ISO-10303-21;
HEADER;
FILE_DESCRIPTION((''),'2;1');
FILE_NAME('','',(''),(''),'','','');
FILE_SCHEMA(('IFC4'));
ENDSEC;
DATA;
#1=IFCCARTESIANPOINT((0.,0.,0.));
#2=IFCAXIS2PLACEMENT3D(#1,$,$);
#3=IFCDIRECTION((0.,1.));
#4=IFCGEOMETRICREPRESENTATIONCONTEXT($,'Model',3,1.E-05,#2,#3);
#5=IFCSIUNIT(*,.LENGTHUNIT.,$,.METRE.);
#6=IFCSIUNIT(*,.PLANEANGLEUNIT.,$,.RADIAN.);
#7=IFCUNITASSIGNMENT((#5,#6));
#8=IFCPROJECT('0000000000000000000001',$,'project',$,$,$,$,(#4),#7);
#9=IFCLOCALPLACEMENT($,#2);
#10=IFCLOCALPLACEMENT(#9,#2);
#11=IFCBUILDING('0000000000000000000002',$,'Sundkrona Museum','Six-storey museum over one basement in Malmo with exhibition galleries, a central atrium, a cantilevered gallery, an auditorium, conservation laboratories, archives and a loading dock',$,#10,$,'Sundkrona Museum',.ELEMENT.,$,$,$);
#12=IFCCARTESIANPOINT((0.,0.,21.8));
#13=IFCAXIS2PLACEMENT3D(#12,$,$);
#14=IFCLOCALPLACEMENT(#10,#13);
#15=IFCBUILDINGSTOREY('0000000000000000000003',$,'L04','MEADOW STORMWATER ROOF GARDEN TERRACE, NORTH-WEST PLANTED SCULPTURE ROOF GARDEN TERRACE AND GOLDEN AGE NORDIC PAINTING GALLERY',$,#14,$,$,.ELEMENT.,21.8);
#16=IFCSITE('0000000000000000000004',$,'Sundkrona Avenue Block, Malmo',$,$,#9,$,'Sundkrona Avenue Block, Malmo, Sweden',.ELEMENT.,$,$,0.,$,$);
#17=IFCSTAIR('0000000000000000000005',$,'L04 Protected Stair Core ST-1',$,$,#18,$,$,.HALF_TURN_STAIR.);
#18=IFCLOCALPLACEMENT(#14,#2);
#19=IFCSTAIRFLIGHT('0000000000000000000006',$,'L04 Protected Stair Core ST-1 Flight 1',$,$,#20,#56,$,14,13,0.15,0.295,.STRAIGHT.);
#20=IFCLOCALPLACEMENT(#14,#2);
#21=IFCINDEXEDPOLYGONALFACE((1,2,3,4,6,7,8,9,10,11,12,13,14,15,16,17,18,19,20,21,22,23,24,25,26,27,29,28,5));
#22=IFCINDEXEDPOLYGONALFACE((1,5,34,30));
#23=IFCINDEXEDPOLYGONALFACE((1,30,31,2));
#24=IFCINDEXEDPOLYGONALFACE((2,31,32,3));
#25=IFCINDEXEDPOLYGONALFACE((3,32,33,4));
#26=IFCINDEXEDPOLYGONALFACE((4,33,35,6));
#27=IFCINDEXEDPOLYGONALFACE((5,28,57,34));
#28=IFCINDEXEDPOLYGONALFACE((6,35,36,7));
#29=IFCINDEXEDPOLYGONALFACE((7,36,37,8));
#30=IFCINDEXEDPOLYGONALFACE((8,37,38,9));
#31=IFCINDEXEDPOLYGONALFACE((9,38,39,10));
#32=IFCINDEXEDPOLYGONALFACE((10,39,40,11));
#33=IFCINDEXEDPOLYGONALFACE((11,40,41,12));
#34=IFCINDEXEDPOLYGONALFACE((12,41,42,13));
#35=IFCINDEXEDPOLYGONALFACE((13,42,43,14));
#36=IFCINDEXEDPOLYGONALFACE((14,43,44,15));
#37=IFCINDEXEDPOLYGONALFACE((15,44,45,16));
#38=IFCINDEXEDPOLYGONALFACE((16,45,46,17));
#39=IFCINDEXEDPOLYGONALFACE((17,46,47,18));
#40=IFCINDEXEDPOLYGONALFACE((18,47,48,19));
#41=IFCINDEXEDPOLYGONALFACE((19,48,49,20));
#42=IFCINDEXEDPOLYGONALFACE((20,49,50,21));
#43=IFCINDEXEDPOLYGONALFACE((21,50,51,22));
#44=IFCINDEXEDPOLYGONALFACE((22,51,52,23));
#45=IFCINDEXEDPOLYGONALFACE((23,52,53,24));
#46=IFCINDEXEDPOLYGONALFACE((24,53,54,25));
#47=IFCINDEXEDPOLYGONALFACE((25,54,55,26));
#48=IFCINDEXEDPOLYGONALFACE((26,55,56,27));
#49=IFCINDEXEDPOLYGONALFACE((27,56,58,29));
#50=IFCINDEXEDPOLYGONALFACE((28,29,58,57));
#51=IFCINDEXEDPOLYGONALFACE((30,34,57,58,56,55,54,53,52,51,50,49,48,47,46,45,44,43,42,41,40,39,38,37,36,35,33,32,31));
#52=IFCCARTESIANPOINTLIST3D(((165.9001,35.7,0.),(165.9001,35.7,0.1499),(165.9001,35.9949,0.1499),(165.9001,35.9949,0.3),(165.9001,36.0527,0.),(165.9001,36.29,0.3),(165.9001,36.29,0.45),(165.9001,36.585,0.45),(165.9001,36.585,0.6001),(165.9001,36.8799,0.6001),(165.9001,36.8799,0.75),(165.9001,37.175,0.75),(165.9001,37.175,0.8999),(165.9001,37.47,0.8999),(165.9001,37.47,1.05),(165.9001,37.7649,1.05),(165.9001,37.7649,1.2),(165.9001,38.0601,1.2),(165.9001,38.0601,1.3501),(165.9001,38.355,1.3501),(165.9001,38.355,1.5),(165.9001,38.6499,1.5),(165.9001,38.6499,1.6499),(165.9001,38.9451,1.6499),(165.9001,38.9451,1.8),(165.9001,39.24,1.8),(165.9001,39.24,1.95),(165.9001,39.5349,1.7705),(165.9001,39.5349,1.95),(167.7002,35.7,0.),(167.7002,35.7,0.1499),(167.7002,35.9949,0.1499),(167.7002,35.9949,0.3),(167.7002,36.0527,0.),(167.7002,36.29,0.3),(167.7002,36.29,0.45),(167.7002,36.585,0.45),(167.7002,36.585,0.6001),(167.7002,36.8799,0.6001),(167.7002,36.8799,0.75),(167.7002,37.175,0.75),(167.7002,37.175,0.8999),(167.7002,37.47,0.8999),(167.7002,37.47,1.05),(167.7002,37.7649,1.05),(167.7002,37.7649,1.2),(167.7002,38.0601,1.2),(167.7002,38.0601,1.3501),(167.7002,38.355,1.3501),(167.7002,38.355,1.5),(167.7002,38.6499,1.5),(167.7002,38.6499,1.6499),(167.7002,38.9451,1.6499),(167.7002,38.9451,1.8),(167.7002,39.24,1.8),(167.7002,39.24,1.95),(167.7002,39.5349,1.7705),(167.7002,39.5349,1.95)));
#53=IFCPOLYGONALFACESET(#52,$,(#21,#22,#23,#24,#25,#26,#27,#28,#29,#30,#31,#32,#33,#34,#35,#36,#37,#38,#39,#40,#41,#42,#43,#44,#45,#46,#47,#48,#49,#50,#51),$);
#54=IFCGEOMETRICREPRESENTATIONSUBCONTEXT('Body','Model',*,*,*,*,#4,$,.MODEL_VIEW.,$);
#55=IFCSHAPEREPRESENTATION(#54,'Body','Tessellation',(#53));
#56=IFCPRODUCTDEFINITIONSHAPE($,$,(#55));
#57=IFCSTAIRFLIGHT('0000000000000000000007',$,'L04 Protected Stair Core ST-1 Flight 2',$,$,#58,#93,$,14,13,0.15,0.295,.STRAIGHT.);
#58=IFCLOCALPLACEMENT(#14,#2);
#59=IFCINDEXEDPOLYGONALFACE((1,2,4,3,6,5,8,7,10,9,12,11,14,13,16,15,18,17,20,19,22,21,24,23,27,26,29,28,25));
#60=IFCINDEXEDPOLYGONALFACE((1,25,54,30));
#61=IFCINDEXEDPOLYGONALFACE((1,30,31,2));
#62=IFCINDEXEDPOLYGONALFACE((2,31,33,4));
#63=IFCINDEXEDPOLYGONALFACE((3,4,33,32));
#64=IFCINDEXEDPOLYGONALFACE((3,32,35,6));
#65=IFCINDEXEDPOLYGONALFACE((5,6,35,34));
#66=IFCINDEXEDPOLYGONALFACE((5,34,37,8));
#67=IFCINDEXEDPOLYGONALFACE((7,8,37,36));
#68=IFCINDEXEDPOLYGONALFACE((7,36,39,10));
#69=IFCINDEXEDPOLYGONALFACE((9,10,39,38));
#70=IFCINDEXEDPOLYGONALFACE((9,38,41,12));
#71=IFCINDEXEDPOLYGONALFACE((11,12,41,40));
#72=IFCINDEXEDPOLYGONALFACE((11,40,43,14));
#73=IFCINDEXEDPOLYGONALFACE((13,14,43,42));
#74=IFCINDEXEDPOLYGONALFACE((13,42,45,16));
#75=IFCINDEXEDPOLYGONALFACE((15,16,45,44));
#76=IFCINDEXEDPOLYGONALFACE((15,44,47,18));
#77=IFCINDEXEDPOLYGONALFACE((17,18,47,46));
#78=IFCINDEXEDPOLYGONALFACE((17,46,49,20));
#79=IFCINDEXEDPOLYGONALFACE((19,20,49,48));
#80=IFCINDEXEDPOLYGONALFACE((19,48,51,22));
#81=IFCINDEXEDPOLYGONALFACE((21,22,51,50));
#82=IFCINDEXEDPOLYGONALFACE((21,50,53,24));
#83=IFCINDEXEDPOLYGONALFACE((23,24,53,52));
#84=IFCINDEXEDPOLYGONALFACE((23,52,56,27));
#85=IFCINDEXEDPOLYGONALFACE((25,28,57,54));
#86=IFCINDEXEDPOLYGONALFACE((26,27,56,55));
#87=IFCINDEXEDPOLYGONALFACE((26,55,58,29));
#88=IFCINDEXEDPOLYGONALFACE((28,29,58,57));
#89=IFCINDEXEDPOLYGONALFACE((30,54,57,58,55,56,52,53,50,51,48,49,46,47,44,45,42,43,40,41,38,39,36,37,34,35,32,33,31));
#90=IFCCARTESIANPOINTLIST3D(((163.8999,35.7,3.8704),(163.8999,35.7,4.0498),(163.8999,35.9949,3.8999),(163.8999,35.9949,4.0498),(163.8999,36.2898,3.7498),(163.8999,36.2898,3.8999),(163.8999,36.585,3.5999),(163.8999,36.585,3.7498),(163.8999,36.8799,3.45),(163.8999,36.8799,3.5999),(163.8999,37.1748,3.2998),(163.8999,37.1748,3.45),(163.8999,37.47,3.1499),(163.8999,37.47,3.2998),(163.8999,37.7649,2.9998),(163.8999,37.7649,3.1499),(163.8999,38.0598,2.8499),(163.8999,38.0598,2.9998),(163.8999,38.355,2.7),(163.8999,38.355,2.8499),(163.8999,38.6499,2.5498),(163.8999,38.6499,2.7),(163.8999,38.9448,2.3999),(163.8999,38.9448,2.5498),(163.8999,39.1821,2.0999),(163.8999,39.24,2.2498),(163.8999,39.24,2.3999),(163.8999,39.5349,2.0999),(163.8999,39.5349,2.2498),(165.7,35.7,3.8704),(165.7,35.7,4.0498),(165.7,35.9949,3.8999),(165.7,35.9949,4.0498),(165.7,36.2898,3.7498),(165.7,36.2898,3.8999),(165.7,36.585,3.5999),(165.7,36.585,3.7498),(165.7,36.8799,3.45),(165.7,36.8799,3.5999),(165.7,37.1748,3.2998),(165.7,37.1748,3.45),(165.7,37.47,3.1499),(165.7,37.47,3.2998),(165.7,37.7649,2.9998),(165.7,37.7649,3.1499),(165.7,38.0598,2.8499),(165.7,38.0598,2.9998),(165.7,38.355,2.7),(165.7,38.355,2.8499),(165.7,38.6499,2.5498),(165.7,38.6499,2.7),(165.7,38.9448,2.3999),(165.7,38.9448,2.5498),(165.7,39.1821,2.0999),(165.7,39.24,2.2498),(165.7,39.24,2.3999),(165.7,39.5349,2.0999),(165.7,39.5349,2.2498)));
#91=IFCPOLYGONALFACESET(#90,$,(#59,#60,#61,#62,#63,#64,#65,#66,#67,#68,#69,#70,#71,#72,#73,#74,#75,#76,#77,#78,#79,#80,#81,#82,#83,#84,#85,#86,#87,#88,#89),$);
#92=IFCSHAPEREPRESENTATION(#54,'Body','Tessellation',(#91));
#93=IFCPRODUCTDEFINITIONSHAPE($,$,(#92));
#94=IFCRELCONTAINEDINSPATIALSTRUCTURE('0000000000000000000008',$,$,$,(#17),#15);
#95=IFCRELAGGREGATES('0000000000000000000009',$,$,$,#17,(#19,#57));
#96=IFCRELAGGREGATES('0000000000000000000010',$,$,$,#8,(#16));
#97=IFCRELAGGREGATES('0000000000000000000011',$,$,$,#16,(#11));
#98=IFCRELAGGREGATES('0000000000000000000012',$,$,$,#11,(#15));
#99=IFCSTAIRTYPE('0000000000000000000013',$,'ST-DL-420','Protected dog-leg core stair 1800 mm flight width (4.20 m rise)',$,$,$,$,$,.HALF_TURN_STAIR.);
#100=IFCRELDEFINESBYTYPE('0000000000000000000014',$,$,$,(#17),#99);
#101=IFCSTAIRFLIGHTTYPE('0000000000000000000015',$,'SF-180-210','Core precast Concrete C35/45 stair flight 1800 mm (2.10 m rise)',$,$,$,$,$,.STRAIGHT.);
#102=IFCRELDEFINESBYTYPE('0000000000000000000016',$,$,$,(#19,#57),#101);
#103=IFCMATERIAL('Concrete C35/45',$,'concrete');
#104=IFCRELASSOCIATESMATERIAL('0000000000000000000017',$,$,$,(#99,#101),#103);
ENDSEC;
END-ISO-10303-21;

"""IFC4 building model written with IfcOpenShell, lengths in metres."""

from ifc_helpers import new_model, si_unit, direction, frame, origin, place, context, subcontext, project, spatial, polyline, outline, extrude, material, type_object, element, aggregate, save


model = new_model("IFC4")

# Units and contexts
model_context = context("Model", 3, precision=1e-05, world=origin(), true_north=direction((0.0, 1.0)))
body_context = subcontext(model_context, "Body", "Model", "MODEL_VIEW")
ifc_project = project(units=[si_unit("LENGTHUNIT", "METRE"), si_unit("PLANEANGLEUNIT", "RADIAN")], contexts=[model_context])

# Site, building, storey
site_placement = place(None, origin())
site = spatial("IfcSite", under=ifc_project, at=site_placement, Name="Sundkrona Avenue Block, Malmo", LongName="Sundkrona Avenue Block, Malmo, Sweden", CompositionType="ELEMENT", RefElevation=0.0)
building_placement = place(site_placement, origin())
building = spatial("IfcBuilding", under=site, at=building_placement, Name="Sundkrona Museum", Description="Six-storey museum over one basement in Malmo with exhibition galleries, a central atrium, a cantilevered gallery, an auditorium, conservation laboratories, archives and a loading dock", LongName="Sundkrona Museum", CompositionType="ELEMENT")
storey_placement = place(building_placement, frame((0.0, 0.0, 21.8)))
storey = spatial("IfcBuildingStorey", under=building, at=storey_placement, Name="L04", Description="MEADOW STORMWATER ROOF GARDEN TERRACE, NORTH-WEST PLANTED SCULPTURE ROOF GARDEN TERRACE AND GOLDEN AGE NORDIC PAINTING GALLERY", CompositionType="ELEMENT", Elevation=21.8)

# Stair, stair flights
ifc_material_1 = material(Name="Concrete C35/45", Category="concrete")
stair_type = type_object("IfcStairType", Name="ST-DL-420", Description="Protected dog-leg core stair 1800 mm flight width (4.20 m rise)", PredefinedType="HALF_TURN_STAIR", material=ifc_material_1)
stair_placement = place(storey_placement, origin())
stair = element("IfcStair", 1, at=stair_placement, inside=storey, type_object=stair_type, Name="L04 Protected Stair Core ST-1", PredefinedType="HALF_TURN_STAIR")
stair_flight_type = type_object("IfcStairFlightType", Name="SF-180-210", Description="Core precast Concrete C35/45 stair flight 1800 mm (2.10 m rise)", PredefinedType="STRAIGHT", material=ifc_material_1)
stair_flight_1_placement = place(storey_placement, frame((166.8, 35.7, 0.0), z_axis=(0.0, 0.0, 1.0), x_axis=(0.0, 1.0, 0.0)))
stair_flight_1 = element("IfcStairFlight", 2, at=stair_flight_1_placement, type_object=stair_flight_type, Name="L04 Protected Stair Core ST-1 Flight 1", NumberOfRisers=14, NumberOfTreads=13, PredefinedType="STRAIGHT", RiserHeight=0.15, TreadLength=0.295, context=body_context, shape_type="SweptSolid", body=[
    extrude(outline(polyline([(0.0, 0.0), (0.0, 0.1499), (0.2949, 0.1499), (0.2949, 0.3), (0.5901, 0.3), (0.5901, 0.45), (0.885, 0.45), (0.885, 0.6001), (1.1799, 0.6001), (1.1799, 0.75), (1.4751, 0.75), (1.4751, 0.8999), (1.77, 0.8999), (1.77, 1.05), (2.0649, 1.05), (2.0649, 1.2), (2.3601, 1.2), (2.3601, 1.3501), (2.655, 1.3501), (2.655, 1.5), (2.95, 1.5), (2.95, 1.6499), (3.2451, 1.6499), (3.2451, 1.8), (3.54, 1.8), (3.54, 1.95), (3.835, 1.95), (3.835, 2.1001), (3.835, 1.7705), (0.3528, 0.0), (0.0, 0.0)])), frame((0.0, 0.8999, 0.0), z_axis=(0.0, -1.0, 0.0), x_axis=(1.0, 0.0, 0.0)), (0.0, 0.0, 1.0), 1.8),
])
stair_flight_2_placement = place(storey_placement, frame((164.8, 39.5349, 2.0999), z_axis=(0.0, 0.0, 1.0), x_axis=(0.0, -1.0, 0.0)))
stair_flight_2 = element("IfcStairFlight", 3, at=stair_flight_2_placement, type_object=stair_flight_type, Name="L04 Protected Stair Core ST-1 Flight 2", NumberOfRisers=14, NumberOfTreads=13, PredefinedType="STRAIGHT", RiserHeight=0.15, TreadLength=0.295, context=body_context, shape_type="SweptSolid", body=[
    extrude(outline(polyline([(0.0, 0.0), (0.0, 0.1499), (0.2949, 0.1499), (0.2949, 0.3), (0.5901, 0.3), (0.5901, 0.45), (0.885, 0.45), (0.885, 0.6001), (1.1799, 0.6001), (1.1799, 0.75), (1.4751, 0.75), (1.4751, 0.8999), (1.77, 0.8999), (1.77, 1.05), (2.0649, 1.05), (2.0649, 1.2), (2.3601, 1.2), (2.3601, 1.3501), (2.655, 1.3501), (2.655, 1.5), (2.95, 1.5), (2.95, 1.6499), (3.2451, 1.6499), (3.2451, 1.8), (3.54, 1.8), (3.54, 1.95), (3.835, 1.95), (3.835, 2.1001), (3.835, 1.7705), (0.3528, 0.0), (0.0, 0.0)])), frame((0.0, 0.8999, 0.0), z_axis=(0.0, -1.0, 0.0), x_axis=(1.0, 0.0, 0.0)), (0.0, 0.0, 1.0), 1.8),
])
aggregate(stair, [stair_flight_1, stair_flight_2])

save(model, "model.ifc")
